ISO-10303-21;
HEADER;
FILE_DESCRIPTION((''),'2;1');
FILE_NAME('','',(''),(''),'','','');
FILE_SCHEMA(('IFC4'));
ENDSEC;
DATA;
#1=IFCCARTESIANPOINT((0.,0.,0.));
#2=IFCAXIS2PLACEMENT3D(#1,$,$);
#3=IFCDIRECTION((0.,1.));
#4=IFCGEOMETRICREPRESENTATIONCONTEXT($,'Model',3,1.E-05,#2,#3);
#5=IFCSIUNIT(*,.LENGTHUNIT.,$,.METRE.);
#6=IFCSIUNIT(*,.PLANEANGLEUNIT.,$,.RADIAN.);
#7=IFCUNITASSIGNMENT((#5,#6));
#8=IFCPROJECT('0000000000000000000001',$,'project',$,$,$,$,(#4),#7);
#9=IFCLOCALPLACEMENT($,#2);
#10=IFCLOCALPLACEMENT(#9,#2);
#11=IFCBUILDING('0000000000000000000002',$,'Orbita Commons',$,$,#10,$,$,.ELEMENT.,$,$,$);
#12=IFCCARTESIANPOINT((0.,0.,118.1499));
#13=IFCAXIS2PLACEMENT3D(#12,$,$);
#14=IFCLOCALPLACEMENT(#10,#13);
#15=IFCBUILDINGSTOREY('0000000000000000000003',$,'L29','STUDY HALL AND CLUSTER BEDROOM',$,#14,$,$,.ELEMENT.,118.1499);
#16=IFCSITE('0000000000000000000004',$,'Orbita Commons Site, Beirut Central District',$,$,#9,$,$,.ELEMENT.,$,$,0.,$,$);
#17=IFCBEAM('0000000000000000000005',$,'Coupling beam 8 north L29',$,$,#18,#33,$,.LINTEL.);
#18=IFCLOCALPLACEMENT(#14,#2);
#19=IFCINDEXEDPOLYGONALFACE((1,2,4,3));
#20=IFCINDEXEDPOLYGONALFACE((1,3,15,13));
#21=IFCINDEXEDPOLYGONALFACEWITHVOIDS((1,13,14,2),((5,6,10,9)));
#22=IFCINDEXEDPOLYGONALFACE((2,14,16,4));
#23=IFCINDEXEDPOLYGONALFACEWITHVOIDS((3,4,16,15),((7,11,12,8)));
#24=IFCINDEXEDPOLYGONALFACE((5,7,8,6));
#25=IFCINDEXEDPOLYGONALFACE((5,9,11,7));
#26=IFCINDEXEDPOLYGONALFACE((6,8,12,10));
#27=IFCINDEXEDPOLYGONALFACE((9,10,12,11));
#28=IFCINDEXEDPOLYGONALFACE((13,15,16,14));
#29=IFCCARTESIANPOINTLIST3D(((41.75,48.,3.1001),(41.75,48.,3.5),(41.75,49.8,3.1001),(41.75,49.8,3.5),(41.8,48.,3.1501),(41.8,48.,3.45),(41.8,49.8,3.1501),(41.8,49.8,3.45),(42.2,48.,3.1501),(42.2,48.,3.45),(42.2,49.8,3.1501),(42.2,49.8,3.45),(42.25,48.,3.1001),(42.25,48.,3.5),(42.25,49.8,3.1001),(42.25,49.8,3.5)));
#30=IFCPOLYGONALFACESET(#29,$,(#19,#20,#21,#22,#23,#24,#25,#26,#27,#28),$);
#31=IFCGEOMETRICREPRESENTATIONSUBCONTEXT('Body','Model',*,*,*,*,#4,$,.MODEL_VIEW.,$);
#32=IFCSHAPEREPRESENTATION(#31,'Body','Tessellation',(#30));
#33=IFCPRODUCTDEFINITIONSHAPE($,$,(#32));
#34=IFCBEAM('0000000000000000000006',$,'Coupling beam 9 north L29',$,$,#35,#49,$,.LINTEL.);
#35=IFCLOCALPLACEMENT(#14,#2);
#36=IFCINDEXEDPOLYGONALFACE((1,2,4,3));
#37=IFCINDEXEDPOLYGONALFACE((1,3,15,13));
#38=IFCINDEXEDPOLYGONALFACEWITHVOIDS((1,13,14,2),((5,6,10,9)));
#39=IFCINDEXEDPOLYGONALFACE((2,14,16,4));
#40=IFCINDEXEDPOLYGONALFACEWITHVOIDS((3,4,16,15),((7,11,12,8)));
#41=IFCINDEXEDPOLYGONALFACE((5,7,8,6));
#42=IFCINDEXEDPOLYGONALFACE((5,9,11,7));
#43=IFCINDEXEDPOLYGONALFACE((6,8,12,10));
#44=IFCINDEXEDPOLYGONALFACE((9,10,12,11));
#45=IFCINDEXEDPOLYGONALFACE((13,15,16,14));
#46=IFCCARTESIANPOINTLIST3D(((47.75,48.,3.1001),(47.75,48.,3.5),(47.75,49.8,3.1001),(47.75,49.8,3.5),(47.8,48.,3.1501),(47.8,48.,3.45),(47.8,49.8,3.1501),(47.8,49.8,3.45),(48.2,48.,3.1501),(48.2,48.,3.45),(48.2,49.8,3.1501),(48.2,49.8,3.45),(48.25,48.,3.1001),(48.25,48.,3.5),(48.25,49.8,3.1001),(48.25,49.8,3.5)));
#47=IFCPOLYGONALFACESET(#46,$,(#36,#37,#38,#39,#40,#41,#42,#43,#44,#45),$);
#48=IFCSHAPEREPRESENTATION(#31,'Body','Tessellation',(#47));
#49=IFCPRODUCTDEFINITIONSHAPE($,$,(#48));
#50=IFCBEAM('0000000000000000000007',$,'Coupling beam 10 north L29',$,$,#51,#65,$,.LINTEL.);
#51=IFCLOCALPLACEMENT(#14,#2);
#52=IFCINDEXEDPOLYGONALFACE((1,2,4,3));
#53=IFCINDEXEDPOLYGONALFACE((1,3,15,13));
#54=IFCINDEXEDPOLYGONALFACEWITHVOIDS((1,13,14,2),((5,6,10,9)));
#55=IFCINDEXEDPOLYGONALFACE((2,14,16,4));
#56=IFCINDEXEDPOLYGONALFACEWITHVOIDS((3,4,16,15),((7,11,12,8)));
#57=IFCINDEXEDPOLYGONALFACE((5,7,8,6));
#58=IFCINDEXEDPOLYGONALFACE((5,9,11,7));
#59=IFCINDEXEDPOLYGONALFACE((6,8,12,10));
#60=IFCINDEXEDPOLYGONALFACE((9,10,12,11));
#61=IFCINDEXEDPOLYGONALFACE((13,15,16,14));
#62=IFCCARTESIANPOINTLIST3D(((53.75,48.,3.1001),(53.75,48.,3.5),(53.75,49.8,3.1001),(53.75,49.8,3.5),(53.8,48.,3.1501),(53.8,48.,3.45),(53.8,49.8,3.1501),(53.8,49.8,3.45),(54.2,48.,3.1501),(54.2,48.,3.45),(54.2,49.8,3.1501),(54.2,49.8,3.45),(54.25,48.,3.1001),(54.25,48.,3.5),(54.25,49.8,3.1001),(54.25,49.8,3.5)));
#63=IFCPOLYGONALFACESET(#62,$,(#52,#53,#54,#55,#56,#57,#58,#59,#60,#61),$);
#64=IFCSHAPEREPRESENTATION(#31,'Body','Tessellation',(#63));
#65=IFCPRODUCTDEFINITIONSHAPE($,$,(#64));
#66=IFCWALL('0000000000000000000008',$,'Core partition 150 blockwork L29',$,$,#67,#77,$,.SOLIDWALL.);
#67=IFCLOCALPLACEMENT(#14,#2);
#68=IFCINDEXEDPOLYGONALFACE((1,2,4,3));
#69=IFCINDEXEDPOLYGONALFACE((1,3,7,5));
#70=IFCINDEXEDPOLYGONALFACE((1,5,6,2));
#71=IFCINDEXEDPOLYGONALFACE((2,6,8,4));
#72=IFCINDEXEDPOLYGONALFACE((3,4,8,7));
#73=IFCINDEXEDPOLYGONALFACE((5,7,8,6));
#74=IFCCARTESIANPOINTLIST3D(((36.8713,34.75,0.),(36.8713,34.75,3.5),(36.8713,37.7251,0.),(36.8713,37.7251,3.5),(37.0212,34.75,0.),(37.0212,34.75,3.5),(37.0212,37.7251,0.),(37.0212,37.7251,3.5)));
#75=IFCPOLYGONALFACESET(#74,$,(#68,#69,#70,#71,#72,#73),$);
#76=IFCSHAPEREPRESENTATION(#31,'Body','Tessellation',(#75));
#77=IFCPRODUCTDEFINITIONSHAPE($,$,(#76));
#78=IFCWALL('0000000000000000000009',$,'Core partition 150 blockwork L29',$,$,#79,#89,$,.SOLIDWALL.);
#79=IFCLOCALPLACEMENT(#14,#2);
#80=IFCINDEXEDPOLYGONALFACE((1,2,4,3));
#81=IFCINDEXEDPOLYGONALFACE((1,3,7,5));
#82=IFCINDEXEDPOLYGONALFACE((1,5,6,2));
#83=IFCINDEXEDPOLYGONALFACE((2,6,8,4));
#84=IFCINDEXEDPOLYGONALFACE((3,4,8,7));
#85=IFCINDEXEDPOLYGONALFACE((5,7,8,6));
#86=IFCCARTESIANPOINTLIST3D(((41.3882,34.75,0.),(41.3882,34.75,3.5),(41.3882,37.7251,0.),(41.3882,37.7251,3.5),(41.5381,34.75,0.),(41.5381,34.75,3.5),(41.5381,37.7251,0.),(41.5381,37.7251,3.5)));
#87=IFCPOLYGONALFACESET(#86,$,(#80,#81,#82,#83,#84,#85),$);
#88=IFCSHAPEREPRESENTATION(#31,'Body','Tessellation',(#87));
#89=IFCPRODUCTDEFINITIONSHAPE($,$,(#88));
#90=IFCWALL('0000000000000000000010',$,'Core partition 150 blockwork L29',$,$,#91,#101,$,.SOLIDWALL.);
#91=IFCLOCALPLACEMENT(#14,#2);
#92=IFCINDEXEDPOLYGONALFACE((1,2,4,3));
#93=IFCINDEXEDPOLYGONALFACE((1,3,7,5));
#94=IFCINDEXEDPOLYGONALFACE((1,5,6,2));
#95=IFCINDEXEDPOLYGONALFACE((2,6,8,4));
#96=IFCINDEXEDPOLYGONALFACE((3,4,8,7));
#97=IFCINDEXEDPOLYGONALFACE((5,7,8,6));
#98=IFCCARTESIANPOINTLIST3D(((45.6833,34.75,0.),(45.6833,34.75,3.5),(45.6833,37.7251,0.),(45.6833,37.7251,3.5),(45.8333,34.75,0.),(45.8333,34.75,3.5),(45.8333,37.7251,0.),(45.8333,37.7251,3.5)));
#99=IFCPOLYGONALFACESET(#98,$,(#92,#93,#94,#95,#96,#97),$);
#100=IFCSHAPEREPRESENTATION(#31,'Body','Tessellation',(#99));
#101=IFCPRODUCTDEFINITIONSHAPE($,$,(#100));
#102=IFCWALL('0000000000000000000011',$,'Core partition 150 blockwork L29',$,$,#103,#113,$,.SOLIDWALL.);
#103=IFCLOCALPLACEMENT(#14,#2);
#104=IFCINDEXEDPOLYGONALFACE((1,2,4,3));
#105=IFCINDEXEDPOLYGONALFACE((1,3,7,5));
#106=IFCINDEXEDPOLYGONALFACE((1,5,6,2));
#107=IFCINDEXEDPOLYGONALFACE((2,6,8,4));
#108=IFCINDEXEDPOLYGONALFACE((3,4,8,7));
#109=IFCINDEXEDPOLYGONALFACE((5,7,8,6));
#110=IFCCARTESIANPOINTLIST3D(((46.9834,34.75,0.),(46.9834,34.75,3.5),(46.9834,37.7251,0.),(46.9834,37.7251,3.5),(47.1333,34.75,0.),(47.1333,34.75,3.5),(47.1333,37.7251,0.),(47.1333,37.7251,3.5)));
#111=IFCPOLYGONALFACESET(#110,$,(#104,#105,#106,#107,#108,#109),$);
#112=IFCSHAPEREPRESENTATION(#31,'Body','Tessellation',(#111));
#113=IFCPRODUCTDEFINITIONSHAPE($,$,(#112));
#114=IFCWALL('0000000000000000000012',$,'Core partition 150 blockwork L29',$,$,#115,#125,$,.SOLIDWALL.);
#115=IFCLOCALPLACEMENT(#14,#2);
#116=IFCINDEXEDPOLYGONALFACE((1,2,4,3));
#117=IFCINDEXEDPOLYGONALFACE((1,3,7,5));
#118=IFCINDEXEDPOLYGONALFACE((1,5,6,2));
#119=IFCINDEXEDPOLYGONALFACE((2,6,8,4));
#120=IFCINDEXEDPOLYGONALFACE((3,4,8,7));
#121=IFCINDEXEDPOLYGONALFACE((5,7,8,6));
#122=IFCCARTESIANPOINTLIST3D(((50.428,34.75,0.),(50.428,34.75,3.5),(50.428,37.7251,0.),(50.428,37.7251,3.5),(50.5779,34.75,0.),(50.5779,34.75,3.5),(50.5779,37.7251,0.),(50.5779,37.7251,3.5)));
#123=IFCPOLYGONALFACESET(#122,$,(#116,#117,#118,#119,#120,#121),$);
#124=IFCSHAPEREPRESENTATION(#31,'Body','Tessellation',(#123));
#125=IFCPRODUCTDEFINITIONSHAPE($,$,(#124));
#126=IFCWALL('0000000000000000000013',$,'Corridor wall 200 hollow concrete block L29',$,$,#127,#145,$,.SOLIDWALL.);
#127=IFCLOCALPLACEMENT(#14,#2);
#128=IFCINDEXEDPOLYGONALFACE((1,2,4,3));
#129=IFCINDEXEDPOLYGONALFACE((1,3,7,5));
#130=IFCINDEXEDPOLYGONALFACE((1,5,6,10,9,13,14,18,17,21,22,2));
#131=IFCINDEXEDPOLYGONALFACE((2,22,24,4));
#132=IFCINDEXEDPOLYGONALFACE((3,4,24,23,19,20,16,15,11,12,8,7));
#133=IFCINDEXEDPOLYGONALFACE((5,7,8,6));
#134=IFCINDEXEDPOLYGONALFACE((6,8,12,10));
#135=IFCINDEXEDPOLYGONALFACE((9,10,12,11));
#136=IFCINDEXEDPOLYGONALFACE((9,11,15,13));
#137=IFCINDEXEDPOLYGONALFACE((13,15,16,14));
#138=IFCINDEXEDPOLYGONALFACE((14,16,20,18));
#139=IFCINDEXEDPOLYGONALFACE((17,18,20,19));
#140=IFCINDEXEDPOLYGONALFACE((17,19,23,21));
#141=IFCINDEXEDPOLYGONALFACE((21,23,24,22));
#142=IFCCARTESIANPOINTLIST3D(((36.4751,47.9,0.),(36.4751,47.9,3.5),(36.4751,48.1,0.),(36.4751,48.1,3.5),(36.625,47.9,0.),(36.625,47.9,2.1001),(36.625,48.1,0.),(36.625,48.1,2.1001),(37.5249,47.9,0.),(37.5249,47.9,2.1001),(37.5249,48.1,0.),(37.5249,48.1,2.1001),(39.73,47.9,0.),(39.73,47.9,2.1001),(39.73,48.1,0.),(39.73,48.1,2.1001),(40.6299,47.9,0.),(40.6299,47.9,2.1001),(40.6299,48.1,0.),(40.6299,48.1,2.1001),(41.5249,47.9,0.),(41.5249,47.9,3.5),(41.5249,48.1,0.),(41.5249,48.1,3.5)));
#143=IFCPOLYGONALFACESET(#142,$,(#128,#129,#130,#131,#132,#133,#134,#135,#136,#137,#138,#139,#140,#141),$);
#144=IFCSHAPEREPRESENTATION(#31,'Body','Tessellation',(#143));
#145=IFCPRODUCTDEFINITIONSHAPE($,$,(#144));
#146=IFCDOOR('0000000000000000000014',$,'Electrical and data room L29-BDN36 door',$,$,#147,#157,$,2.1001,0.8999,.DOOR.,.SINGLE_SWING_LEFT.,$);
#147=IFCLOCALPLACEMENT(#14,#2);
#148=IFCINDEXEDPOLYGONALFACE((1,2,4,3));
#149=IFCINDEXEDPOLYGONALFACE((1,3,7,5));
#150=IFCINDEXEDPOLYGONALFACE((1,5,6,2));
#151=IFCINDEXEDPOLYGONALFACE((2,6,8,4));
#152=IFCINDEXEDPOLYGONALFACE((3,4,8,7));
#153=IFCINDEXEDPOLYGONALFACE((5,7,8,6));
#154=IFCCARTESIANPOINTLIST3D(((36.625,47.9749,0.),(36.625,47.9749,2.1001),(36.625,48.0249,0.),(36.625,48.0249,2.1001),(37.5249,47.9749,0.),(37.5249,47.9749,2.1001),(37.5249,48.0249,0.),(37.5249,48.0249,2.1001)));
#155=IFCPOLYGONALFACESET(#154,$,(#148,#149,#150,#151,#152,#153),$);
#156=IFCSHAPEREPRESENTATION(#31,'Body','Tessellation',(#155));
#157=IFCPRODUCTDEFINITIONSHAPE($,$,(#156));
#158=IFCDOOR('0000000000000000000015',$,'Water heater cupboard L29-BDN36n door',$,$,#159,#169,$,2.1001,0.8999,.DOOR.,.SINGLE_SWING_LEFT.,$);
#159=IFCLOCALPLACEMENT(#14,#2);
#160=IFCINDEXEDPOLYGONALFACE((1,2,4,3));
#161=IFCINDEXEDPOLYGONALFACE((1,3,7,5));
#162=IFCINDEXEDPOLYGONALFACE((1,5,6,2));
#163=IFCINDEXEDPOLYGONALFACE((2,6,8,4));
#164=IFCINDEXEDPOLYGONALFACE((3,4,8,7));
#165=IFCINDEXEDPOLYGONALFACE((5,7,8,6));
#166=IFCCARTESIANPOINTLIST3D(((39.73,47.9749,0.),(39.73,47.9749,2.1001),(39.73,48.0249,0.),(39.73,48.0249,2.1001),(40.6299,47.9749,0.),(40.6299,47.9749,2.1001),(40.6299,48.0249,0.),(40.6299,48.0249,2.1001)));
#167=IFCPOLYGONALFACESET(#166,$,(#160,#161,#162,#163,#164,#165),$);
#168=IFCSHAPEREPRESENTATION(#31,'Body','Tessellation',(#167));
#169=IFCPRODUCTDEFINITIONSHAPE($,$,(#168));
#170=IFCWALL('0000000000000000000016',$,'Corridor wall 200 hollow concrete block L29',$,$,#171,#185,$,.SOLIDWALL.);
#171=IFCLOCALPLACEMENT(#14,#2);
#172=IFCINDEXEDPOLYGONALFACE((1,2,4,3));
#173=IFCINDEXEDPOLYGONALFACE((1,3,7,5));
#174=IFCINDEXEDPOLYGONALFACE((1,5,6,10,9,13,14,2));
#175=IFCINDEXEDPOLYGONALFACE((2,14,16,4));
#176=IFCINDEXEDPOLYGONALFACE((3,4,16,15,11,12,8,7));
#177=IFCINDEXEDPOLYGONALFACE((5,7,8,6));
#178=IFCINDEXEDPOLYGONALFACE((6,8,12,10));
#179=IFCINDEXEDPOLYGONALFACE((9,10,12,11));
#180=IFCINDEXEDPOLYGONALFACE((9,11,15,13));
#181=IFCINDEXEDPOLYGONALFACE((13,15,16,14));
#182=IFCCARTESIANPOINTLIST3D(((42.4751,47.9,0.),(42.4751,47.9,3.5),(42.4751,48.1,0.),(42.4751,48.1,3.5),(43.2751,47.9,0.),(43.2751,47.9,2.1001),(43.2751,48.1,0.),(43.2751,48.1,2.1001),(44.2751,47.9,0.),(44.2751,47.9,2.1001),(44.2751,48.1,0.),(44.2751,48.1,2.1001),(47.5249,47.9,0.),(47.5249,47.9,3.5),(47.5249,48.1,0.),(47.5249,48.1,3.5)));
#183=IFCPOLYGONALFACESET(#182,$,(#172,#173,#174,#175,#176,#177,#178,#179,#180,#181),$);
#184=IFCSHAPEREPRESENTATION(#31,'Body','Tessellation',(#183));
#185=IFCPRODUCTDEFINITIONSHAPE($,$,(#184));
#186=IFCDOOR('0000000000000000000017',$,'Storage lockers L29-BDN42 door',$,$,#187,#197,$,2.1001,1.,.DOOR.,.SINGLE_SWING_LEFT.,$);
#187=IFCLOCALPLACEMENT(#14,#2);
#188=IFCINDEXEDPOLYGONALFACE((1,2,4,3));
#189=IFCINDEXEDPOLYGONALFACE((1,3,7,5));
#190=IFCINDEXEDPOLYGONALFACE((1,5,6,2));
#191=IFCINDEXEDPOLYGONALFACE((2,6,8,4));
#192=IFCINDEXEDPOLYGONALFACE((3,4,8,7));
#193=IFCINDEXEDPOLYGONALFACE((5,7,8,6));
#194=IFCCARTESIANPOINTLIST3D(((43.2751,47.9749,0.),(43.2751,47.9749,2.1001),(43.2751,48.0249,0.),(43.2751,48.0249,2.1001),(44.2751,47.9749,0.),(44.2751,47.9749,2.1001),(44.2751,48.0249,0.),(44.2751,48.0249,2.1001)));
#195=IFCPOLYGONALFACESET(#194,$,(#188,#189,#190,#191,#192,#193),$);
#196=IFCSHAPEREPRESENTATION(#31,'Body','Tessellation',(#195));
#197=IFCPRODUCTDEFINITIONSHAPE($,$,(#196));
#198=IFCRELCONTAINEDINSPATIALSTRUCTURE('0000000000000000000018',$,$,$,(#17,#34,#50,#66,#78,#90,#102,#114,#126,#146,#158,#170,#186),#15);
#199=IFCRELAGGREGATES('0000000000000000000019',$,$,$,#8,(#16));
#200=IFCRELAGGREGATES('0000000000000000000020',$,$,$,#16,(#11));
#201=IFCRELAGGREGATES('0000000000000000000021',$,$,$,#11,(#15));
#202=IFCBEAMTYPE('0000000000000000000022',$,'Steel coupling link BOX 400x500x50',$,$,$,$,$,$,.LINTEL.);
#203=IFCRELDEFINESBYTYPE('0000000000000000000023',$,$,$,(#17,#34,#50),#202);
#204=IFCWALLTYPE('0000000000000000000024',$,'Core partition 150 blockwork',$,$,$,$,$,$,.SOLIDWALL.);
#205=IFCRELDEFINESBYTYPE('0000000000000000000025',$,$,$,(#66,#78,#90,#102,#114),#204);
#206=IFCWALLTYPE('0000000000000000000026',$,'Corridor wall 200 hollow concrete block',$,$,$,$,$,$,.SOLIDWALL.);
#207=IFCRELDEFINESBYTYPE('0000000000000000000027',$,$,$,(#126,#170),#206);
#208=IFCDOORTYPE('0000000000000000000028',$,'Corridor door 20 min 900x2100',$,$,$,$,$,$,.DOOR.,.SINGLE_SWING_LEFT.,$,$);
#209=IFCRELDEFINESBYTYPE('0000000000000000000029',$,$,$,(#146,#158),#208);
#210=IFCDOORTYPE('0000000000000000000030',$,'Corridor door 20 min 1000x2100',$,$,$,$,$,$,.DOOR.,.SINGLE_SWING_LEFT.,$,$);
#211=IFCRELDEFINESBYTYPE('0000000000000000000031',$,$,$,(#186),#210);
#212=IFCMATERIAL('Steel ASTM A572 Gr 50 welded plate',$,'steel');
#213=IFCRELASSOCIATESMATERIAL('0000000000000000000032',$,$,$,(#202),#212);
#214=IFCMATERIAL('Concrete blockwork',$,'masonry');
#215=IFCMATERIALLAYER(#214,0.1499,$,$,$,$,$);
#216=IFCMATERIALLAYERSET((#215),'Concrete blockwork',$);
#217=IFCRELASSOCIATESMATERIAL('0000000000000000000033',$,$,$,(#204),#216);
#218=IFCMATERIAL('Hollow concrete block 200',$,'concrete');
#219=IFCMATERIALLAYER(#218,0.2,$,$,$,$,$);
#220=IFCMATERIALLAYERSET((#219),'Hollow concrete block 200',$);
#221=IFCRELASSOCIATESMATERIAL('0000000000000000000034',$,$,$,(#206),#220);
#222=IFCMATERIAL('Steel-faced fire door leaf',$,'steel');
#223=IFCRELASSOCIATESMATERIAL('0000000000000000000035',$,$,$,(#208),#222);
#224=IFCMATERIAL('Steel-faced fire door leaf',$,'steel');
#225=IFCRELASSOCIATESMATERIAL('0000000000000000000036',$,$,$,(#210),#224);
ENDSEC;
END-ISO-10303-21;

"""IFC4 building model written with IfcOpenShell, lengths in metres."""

from ifc_helpers import new_model, si_unit, direction, frame, frame_2d, origin, origin_2d, place, context, subcontext, project, spatial, rectangle, hollow_rectangle, extrude, material, layer, layer_set, material_profile, profile_set, type_object, element, fill, save


model = new_model("IFC4")

# Units and contexts
model_context = context("Model", 3, precision=1e-05, world=origin(), true_north=direction((0.0, 1.0)))
body_context = subcontext(model_context, "Body", "Model", "MODEL_VIEW")
ifc_project = project(units=[si_unit("LENGTHUNIT", "METRE"), si_unit("PLANEANGLEUNIT", "RADIAN")], contexts=[model_context])

# Site, building, storey
site_placement = place(None, origin())
site = spatial("IfcSite", under=ifc_project, at=site_placement, Name="Orbita Commons Site, Beirut Central District", CompositionType="ELEMENT", RefElevation=0.0)
building_placement = place(site_placement, origin())
building = spatial("IfcBuilding", under=site, at=building_placement, Name="Orbita Commons", CompositionType="ELEMENT")
storey_placement = place(building_placement, frame((0.0, 0.0, 118.1499)))
storey = spatial("IfcBuildingStorey", under=building, at=storey_placement, Name="L29", Description="STUDY HALL AND CLUSTER BEDROOM", CompositionType="ELEMENT", Elevation=118.1499)

# Beams
ifc_material_1 = material(Name="Steel ASTM A572 Gr 50 welded plate", Category="steel")
ifc_material_profile = material_profile(ifc_material_1, hollow_rectangle(XDim=0.5, YDim=0.3999, WallThickness=0.05, at=origin_2d()), Name="BOX 400x500x50")
ifc_profile_set = profile_set([ifc_material_profile], Name="Steel ASTM A572 Gr 50 welded plate")
beam_type = type_object("IfcBeamType", Name="Steel coupling link BOX 400x500x50", PredefinedType="LINTEL", material=ifc_profile_set)
for number, where, z_axis, x_axis, name in (
    (1, (42.0, 48.0, 3.3), (0.0, 1.0, 0.0), (-1.0, 0.0, 0.0), "Coupling beam 8 north L29"),
    (2, (48.0, 48.0, 3.3), (0.0, 1.0, 0.0), (-1.0, 0.0, 0.0), "Coupling beam 9 north L29"),
    (3, (54.0, 48.0, 3.3), (0.0, 1.0, 0.0), (-1.0, 0.0, 0.0), "Coupling beam 10 north L29"),
):
    element("IfcBeam", number, at=place(storey_placement, frame(where, z_axis=z_axis, x_axis=x_axis)), inside=storey, type_object=beam_type, Name=name, PredefinedType="LINTEL", context=body_context, shape_type="SweptSolid", body=[
        extrude(hollow_rectangle(XDim=0.5, YDim=0.3999, WallThickness=0.05, at=origin_2d()), origin(), (0.0, 0.0, 1.0), 1.8),
    ])

# Walls
ifc_material_2 = material(Name="Concrete blockwork", Category="masonry")
ifc_layer_1 = layer(ifc_material_2, 0.1499)
ifc_layer_set_1 = layer_set([ifc_layer_1], Name="Concrete blockwork")
wall_type_1 = type_object("IfcWallType", Name="Core partition 150 blockwork", PredefinedType="SOLIDWALL", material=ifc_layer_set_1)
for number, where, z_axis, x_axis, name in (
    (4, (36.9463, 34.75, 0.0), (0.0, 0.0, 1.0), (0.0, 1.0, 0.0), "Core partition 150 blockwork L29"),
    (5, (41.4631, 34.75, 0.0), (0.0, 0.0, 1.0), (0.0, 1.0, 0.0), "Core partition 150 blockwork L29"),
    (6, (45.7583, 34.75, 0.0), (0.0, 0.0, 1.0), (0.0, 1.0, 0.0), "Core partition 150 blockwork L29"),
    (7, (47.0583, 34.75, 0.0), (0.0, 0.0, 1.0), (0.0, 1.0, 0.0), "Core partition 150 blockwork L29"),
    (8, (50.5029, 34.75, 0.0), (0.0, 0.0, 1.0), (0.0, 1.0, 0.0), "Core partition 150 blockwork L29"),
):
    element("IfcWall", number, at=place(storey_placement, frame(where, z_axis=z_axis, x_axis=x_axis)), inside=storey, type_object=wall_type_1, Name=name, PredefinedType="SOLIDWALL", context=body_context, shape_type="SweptSolid", body=[
        extrude(rectangle(XDim=2.9751, YDim=0.1499, at=frame_2d((1.4875, 0.0))), origin(), (0.0, 0.0, 1.0), 3.5),
    ])

# Wall, openings, doors
ifc_material_3 = material(Name="Hollow concrete block 200", Category="concrete")
ifc_layer_2 = layer(ifc_material_3, 0.2)
ifc_layer_set_2 = layer_set([ifc_layer_2], Name="Hollow concrete block 200")
wall_type_2 = type_object("IfcWallType", Name="Corridor wall 200 hollow concrete block", PredefinedType="SOLIDWALL", material=ifc_layer_set_2)
wall_1_placement = place(storey_placement, frame((36.4751, 48.0, 0.0), z_axis=(0.0, 0.0, 1.0), x_axis=(1.0, 0.0, 0.0)))
wall_1 = element("IfcWall", 9, at=wall_1_placement, inside=storey, type_object=wall_type_2, Name="Corridor wall 200 hollow concrete block L29", PredefinedType="SOLIDWALL", context=body_context, shape_type="SweptSolid", body=[
    extrude(rectangle(XDim=5.0498, YDim=0.2, at=frame_2d((2.5249, 0.0))), origin(), (0.0, 0.0, 1.0), 3.5),
])
opening_1_placement = place(wall_1_placement, frame((0.1499, 0.0, 0.0)))
opening_1 = element("IfcOpeningElement", 10, at=opening_1_placement, cuts=wall_1, PredefinedType="OPENING", context=body_context, shape_type="SweptSolid", body=[
    extrude(rectangle(XDim=0.8999, YDim=2.1001, at=frame_2d((0.45, 1.05))), frame((0.0, 0.1099, 0.0), z_axis=(0.0, -1.0, 0.0), x_axis=(1.0, 0.0, 0.0)), (0.0, 0.0, 1.0), 0.22),
])
opening_2_placement = place(wall_1_placement, frame((3.2549, 0.0, 0.0)))
opening_2 = element("IfcOpeningElement", 11, at=opening_2_placement, cuts=wall_1, PredefinedType="OPENING", context=body_context, shape_type="SweptSolid", body=[
    extrude(rectangle(XDim=0.8999, YDim=2.1001, at=frame_2d((0.45, 1.05))), frame((0.0, 0.1099, 0.0), z_axis=(0.0, -1.0, 0.0), x_axis=(1.0, 0.0, 0.0)), (0.0, 0.0, 1.0), 0.22),
])
ifc_material_4 = material(Name="Steel-faced fire door leaf", Category="steel")
door_type_1 = type_object("IfcDoorType", Name="Corridor door 20 min 900x2100", OperationType="SINGLE_SWING_LEFT", PredefinedType="DOOR", material=ifc_material_4)
door_1_placement = place(opening_1_placement, origin())
door_1 = element("IfcDoor", 12, at=door_1_placement, inside=storey, type_object=door_type_1, Name="Electrical and data room L29-BDN36 door", OperationType="SINGLE_SWING_LEFT", OverallHeight=2.1001, OverallWidth=0.8999, PredefinedType="DOOR", context=body_context, shape_type="SweptSolid", body=[
    extrude(rectangle(XDim=0.8999, YDim=2.1001, at=frame_2d((0.45, 1.05))), frame((0.0, 0.0249, 0.0), z_axis=(0.0, -1.0, 0.0), x_axis=(1.0, 0.0, 0.0)), (0.0, 0.0, 1.0), 0.05),
])
fill(opening_1, door_1)
door_2_placement = place(opening_2_placement, origin())
door_2 = element("IfcDoor", 13, at=door_2_placement, inside=storey, type_object=door_type_1, Name="Water heater cupboard L29-BDN36n door", OperationType="SINGLE_SWING_LEFT", OverallHeight=2.1001, OverallWidth=0.8999, PredefinedType="DOOR", context=body_context, shape_type="SweptSolid", body=[
    extrude(rectangle(XDim=0.8999, YDim=2.1001, at=frame_2d((0.45, 1.05))), frame((0.0, 0.0249, 0.0), z_axis=(0.0, -1.0, 0.0), x_axis=(1.0, 0.0, 0.0)), (0.0, 0.0, 1.0), 0.05),
])
fill(opening_2, door_2)

# Wall, opening, door
wall_2_placement = place(storey_placement, frame((42.4751, 48.0, 0.0), z_axis=(0.0, 0.0, 1.0), x_axis=(1.0, 0.0, 0.0)))
wall_2 = element("IfcWall", 14, at=wall_2_placement, inside=storey, type_object=wall_type_2, Name="Corridor wall 200 hollow concrete block L29", PredefinedType="SOLIDWALL", context=body_context, shape_type="SweptSolid", body=[
    extrude(rectangle(XDim=5.0498, YDim=0.2, at=frame_2d((2.5249, 0.0))), origin(), (0.0, 0.0, 1.0), 3.5),
])
opening_3_placement = place(wall_2_placement, frame((0.8, 0.0, 0.0)))
opening_3 = element("IfcOpeningElement", 15, at=opening_3_placement, cuts=wall_2, PredefinedType="OPENING", context=body_context, shape_type="SweptSolid", body=[
    extrude(rectangle(XDim=1.0, YDim=2.1001, at=frame_2d((0.5, 1.05))), frame((0.0, 0.1099, 0.0), z_axis=(0.0, -1.0, 0.0), x_axis=(1.0, 0.0, 0.0)), (0.0, 0.0, 1.0), 0.22),
])
ifc_material_5 = material(Name="Steel-faced fire door leaf", Category="steel")
door_type_2 = type_object("IfcDoorType", Name="Corridor door 20 min 1000x2100", OperationType="SINGLE_SWING_LEFT", PredefinedType="DOOR", material=ifc_material_5)
door_3_placement = place(opening_3_placement, origin())
door_3 = element("IfcDoor", 16, at=door_3_placement, inside=storey, type_object=door_type_2, Name="Storage lockers L29-BDN42 door", OperationType="SINGLE_SWING_LEFT", OverallHeight=2.1001, OverallWidth=1.0, PredefinedType="DOOR", context=body_context, shape_type="SweptSolid", body=[
    extrude(rectangle(XDim=1.0, YDim=2.1001, at=frame_2d((0.5, 1.05))), frame((0.0, 0.0249, 0.0), z_axis=(0.0, -1.0, 0.0), x_axis=(1.0, 0.0, 0.0)), (0.0, 0.0, 1.0), 0.05),
])
fill(opening_3, door_3)

save(model, "model.ifc")
